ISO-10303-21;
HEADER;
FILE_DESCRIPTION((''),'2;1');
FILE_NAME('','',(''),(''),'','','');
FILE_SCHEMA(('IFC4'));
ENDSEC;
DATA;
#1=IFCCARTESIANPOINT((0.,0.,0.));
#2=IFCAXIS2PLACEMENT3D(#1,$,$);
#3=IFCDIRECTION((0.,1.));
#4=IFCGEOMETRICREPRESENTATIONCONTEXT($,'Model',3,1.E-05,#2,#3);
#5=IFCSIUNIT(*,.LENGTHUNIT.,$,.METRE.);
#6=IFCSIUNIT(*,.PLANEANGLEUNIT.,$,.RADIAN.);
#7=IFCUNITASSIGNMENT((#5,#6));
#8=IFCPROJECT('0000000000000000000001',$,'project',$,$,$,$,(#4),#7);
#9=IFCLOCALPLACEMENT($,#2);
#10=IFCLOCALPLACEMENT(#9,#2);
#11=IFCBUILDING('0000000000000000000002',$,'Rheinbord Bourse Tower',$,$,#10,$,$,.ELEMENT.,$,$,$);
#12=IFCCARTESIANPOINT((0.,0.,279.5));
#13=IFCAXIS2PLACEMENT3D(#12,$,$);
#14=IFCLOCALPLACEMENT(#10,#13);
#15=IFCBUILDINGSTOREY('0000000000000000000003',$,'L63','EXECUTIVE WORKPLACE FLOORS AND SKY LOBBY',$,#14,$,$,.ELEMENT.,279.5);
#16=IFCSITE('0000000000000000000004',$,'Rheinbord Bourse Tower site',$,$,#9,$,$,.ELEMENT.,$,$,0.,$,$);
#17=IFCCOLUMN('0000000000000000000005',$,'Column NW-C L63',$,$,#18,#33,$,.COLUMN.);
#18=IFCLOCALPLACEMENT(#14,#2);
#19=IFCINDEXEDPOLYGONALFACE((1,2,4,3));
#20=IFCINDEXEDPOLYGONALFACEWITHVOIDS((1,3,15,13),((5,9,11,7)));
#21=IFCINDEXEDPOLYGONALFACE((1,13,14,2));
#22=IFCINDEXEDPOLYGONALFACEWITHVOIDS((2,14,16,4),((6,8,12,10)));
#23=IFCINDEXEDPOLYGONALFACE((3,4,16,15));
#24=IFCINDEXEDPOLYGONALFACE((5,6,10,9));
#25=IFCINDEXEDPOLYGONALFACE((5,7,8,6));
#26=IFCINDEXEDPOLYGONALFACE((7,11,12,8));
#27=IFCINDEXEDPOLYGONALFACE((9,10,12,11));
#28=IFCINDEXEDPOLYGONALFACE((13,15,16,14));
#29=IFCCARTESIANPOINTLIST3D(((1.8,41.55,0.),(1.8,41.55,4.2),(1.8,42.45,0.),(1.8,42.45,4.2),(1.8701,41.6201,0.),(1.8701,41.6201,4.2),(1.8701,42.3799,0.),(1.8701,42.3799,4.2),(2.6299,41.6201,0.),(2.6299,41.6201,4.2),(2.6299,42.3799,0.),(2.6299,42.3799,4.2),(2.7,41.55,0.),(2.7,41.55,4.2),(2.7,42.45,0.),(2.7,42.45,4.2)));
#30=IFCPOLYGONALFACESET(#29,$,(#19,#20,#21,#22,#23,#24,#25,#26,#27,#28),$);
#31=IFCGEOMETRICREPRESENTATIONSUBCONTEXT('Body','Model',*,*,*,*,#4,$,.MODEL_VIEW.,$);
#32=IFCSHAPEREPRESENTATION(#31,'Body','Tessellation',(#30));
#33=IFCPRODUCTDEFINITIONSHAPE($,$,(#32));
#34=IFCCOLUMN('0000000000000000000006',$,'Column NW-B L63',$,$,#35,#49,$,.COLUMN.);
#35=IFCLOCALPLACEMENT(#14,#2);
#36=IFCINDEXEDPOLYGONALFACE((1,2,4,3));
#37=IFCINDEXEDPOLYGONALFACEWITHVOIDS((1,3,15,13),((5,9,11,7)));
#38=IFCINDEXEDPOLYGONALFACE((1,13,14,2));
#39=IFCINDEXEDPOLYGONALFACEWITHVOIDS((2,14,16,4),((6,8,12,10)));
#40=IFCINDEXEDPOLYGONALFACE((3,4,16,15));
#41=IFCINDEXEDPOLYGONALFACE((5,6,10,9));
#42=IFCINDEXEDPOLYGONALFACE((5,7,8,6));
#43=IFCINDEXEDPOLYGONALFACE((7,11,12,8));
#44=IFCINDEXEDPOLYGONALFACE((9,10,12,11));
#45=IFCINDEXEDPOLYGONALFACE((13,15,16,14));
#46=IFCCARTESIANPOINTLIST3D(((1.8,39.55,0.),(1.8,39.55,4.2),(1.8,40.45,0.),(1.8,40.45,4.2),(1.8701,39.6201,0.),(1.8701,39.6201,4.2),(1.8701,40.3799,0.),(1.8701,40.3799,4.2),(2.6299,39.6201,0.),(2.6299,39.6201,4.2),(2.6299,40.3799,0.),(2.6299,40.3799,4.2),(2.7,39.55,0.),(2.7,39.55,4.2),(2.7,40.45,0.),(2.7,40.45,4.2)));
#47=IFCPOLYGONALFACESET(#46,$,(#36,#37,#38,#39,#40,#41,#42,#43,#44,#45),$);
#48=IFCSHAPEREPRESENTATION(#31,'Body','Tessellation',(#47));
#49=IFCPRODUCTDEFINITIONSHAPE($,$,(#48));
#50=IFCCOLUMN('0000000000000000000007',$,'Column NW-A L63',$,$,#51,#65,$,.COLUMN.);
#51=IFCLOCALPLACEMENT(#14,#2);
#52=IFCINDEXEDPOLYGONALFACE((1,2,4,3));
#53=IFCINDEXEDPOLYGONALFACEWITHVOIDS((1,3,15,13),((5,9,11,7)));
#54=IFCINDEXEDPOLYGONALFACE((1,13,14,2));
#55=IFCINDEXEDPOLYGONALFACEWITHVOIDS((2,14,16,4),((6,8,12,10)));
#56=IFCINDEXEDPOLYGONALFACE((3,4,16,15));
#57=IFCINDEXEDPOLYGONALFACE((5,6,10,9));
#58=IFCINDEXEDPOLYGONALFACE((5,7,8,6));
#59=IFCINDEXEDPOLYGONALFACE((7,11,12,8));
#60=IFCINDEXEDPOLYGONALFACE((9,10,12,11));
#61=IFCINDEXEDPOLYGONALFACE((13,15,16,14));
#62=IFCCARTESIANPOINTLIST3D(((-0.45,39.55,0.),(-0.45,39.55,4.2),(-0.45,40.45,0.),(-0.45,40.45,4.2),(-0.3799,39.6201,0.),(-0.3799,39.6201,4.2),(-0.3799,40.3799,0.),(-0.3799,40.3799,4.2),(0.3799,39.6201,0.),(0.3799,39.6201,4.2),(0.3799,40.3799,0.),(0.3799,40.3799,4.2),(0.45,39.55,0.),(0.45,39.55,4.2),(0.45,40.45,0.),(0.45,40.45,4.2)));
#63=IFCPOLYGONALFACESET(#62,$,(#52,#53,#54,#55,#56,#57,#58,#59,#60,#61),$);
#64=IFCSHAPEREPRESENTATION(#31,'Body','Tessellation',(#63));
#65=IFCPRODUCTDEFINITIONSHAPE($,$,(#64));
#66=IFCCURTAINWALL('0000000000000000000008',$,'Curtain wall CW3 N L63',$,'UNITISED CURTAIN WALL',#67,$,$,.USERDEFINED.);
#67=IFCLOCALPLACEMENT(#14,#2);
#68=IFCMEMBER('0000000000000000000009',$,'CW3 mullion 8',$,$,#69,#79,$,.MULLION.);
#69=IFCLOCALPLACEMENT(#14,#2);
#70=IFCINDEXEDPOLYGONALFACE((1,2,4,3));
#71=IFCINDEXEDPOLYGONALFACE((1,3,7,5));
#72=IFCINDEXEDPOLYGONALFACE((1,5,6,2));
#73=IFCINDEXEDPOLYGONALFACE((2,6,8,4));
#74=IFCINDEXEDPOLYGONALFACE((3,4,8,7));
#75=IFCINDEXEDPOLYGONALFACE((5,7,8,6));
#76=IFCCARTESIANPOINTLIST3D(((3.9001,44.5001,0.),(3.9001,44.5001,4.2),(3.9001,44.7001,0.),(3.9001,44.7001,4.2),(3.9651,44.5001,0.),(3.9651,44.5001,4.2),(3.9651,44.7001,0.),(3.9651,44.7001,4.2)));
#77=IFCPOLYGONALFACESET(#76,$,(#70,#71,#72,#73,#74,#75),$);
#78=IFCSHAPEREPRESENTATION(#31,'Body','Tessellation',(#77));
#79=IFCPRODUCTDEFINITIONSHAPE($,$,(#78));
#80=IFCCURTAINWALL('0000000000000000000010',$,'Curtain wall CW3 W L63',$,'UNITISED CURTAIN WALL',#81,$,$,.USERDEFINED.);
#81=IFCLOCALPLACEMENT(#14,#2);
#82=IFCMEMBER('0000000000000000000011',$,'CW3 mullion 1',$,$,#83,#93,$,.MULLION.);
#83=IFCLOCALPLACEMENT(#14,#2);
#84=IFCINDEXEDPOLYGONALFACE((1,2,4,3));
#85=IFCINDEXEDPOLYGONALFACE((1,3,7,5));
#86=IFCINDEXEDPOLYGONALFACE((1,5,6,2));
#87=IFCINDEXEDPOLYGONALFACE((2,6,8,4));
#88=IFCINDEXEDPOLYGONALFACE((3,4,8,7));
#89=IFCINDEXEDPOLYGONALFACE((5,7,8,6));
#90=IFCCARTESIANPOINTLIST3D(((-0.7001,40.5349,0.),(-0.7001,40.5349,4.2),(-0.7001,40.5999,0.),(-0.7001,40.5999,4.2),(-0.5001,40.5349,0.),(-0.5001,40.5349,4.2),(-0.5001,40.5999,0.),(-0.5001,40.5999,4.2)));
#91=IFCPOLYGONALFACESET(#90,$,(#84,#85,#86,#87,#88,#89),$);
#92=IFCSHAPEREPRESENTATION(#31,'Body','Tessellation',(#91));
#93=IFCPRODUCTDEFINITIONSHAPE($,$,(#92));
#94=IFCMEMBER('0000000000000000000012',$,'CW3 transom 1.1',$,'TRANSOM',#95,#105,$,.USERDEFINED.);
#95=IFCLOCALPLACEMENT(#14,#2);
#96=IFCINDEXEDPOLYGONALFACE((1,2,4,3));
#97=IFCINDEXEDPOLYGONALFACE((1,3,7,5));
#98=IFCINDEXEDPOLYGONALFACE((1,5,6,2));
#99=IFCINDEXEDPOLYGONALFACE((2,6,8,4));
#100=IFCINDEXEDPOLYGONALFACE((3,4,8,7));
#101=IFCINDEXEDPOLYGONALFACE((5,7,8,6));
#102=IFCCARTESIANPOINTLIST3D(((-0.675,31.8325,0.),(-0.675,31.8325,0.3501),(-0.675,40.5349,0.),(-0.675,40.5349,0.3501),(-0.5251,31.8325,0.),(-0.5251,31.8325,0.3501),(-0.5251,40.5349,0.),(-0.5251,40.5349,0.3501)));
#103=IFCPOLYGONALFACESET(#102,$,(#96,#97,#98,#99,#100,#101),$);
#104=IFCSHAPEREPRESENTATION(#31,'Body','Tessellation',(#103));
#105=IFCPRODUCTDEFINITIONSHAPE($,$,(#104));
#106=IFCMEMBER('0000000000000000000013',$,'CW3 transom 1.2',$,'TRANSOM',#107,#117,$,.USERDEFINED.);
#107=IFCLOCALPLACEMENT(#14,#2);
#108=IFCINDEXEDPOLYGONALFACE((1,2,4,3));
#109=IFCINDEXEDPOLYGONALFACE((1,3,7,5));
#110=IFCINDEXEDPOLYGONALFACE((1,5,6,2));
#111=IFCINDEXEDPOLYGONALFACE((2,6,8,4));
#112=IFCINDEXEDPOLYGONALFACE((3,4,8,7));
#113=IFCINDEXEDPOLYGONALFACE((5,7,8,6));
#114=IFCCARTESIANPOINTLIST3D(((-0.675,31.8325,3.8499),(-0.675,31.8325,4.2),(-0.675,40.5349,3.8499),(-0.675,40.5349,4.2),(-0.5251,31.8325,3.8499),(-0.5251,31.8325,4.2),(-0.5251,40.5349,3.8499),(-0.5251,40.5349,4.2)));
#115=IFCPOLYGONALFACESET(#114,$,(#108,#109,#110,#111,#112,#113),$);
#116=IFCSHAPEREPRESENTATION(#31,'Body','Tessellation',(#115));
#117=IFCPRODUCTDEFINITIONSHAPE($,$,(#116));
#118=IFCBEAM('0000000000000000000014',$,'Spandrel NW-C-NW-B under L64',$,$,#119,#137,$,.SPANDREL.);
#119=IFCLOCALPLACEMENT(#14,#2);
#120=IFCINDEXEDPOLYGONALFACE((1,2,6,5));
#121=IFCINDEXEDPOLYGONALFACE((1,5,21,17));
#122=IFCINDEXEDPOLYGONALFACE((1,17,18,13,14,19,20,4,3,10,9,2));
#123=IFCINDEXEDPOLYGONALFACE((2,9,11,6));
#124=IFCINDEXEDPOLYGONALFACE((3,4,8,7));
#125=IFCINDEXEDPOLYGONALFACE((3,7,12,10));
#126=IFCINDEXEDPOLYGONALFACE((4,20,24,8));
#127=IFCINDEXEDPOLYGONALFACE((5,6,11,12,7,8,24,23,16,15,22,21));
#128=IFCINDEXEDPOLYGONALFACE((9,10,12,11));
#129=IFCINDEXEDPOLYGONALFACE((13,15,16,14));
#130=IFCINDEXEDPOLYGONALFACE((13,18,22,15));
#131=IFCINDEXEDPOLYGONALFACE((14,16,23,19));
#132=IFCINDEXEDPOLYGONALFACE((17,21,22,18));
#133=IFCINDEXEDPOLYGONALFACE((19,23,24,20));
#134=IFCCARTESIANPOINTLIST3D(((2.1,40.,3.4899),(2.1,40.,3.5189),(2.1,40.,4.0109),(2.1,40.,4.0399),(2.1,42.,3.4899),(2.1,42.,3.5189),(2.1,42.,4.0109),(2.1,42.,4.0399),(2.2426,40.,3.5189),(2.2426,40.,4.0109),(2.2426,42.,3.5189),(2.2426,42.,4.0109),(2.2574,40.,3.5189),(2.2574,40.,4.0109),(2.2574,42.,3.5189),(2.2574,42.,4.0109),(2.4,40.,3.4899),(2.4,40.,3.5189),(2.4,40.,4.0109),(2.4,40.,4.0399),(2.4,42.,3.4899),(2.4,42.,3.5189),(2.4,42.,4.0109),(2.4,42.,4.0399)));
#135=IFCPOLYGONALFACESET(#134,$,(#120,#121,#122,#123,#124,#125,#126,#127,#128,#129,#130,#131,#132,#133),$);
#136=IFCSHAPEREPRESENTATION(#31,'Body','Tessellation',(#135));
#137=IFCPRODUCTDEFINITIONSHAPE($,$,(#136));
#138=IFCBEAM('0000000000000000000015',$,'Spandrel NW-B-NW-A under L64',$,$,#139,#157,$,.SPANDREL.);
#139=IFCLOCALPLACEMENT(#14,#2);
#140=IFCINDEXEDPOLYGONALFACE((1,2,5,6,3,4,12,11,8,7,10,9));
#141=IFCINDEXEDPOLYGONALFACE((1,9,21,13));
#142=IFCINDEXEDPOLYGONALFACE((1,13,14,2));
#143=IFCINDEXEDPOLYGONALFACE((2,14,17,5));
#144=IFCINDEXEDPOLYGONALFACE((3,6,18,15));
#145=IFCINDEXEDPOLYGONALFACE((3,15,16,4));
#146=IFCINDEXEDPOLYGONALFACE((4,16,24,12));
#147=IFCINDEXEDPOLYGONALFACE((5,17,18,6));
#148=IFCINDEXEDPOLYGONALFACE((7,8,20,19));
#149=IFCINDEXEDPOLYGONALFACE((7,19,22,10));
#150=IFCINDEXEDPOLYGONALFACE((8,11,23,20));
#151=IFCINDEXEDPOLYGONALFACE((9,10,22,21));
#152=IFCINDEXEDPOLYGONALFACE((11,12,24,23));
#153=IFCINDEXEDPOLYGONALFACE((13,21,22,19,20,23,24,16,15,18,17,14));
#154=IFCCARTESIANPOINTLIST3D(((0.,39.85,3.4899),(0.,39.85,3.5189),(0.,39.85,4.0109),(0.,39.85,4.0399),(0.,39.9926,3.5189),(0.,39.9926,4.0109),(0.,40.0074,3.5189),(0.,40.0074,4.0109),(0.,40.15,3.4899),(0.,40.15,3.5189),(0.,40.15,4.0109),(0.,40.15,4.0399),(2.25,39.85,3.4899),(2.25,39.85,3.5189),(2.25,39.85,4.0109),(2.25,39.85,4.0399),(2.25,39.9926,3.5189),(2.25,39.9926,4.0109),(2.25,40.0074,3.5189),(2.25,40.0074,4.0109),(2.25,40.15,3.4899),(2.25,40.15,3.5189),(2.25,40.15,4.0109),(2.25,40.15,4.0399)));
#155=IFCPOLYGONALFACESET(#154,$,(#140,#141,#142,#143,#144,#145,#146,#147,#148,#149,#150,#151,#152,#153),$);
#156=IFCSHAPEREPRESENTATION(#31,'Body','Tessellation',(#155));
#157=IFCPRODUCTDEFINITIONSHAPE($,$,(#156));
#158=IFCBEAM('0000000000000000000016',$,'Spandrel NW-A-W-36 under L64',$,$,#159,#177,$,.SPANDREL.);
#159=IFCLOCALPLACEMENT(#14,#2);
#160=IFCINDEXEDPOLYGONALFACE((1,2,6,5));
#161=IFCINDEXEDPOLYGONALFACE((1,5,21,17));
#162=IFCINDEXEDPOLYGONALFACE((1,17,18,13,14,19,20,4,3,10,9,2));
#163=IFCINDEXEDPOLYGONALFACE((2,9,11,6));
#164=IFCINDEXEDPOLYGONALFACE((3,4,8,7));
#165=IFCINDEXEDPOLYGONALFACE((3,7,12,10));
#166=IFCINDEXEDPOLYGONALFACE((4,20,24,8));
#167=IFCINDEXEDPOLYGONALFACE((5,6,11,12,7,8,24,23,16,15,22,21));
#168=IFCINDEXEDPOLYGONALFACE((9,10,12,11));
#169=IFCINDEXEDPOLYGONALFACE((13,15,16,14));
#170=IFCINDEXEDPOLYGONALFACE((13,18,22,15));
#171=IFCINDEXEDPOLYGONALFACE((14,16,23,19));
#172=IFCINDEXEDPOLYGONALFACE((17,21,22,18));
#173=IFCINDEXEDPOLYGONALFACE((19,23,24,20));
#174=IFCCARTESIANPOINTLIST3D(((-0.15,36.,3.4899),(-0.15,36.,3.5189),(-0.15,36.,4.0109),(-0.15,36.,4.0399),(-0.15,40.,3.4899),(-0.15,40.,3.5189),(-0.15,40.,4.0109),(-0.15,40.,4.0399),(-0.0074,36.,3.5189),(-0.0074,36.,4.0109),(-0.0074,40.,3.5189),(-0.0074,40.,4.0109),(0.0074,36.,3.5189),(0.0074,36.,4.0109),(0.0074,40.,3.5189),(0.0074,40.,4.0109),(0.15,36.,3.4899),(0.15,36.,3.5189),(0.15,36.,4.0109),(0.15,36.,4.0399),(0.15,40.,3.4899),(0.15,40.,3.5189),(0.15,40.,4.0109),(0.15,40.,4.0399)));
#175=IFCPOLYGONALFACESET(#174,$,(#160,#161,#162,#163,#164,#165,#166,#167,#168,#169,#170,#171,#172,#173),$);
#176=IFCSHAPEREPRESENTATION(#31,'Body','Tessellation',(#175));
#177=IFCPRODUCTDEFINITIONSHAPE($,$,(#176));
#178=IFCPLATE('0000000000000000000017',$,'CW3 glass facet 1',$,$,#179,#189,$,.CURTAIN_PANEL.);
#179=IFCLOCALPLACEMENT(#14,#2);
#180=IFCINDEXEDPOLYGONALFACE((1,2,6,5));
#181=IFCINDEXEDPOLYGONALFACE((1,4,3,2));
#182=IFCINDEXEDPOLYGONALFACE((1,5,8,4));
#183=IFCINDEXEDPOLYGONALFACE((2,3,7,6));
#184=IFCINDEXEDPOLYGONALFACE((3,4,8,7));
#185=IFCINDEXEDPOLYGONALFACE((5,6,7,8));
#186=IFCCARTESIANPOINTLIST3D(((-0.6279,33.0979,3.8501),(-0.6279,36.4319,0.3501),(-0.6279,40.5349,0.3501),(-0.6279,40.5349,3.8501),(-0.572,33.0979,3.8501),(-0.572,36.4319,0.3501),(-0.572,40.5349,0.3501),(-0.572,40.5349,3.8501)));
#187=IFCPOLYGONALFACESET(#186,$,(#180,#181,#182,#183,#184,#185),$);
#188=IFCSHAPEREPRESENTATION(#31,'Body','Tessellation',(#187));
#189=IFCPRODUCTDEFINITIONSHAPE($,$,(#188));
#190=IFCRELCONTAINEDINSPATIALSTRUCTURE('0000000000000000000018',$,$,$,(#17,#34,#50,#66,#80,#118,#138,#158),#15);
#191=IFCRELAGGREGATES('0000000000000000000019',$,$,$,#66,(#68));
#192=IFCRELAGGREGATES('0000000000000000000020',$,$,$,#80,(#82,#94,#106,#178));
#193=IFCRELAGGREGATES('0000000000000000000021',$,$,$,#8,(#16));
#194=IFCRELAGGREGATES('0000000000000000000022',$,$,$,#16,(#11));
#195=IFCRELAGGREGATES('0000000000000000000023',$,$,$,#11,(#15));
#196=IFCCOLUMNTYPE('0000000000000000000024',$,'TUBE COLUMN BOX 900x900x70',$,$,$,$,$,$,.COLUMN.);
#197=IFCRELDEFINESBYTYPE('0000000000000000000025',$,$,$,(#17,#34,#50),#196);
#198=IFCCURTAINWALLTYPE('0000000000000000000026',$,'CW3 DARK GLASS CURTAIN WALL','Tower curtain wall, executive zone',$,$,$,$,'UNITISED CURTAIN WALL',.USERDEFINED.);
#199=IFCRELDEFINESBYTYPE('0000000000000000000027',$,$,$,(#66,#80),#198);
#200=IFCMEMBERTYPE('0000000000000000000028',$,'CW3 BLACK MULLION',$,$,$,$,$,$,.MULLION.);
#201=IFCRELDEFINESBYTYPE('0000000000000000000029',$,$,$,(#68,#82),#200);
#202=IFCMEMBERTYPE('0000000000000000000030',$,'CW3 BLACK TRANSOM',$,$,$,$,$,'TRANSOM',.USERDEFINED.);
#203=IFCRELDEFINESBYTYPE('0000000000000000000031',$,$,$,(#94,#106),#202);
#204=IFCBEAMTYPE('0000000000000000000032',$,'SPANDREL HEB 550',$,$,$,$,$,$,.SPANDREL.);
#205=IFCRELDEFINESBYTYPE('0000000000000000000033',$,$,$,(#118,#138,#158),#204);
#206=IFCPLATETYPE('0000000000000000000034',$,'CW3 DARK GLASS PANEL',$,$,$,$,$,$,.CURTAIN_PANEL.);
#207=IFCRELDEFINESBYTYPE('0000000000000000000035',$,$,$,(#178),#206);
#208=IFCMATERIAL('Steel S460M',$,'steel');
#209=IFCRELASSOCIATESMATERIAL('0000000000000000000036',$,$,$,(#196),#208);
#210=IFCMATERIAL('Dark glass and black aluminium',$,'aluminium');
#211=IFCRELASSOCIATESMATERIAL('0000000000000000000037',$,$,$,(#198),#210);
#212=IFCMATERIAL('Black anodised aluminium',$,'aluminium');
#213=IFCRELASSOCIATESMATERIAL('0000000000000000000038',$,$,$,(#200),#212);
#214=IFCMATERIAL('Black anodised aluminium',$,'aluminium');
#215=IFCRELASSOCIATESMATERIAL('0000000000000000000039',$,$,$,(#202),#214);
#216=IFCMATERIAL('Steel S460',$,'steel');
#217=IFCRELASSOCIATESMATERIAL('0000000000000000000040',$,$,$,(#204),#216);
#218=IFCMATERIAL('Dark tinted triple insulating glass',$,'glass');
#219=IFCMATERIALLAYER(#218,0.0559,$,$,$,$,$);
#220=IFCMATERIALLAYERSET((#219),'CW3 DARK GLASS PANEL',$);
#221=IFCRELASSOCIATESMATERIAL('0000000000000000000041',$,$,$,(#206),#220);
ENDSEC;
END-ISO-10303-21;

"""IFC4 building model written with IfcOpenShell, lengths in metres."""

from ifc_helpers import new_model, si_unit, direction, frame, origin, origin_2d, place, context, subcontext, project, spatial, polyline, rectangle, hollow_rectangle, i_section, outline, extrude, material, layer, layer_set, material_profile, profile_set, type_object, element, aggregate, save


model = new_model("IFC4")

# Units and contexts
model_context = context("Model", 3, precision=1e-05, world=origin(), true_north=direction((0.0, 1.0)))
body_context = subcontext(model_context, "Body", "Model", "MODEL_VIEW")
ifc_project = project(units=[si_unit("LENGTHUNIT", "METRE"), si_unit("PLANEANGLEUNIT", "RADIAN")], contexts=[model_context])

# Site, building, storey
site_placement = place(None, origin())
site = spatial("IfcSite", under=ifc_project, at=site_placement, Name="Rheinbord Bourse Tower site", CompositionType="ELEMENT", RefElevation=0.0)
building_placement = place(site_placement, origin())
building = spatial("IfcBuilding", under=site, at=building_placement, Name="Rheinbord Bourse Tower", CompositionType="ELEMENT")
storey_placement = place(building_placement, frame((0.0, 0.0, 279.5)))
storey = spatial("IfcBuildingStorey", under=building, at=storey_placement, Name="L63", Description="EXECUTIVE WORKPLACE FLOORS AND SKY LOBBY", CompositionType="ELEMENT", Elevation=279.5)

# Columns
ifc_material_1 = material(Name="Steel S460M", Category="steel")
ifc_material_profile_1 = material_profile(ifc_material_1, hollow_rectangle(XDim=0.8999, YDim=0.8999, WallThickness=0.0701, at=origin_2d()), Name="BOX 900x900x70")
ifc_profile_set_1 = profile_set([ifc_material_profile_1], Name="Steel S460M")
column_type = type_object("IfcColumnType", Name="TUBE COLUMN BOX 900x900x70", PredefinedType="COLUMN", material=ifc_profile_set_1)
for number, where, z_axis, x_axis, name in (
    (1, (2.25, 42.0, 0.0), (0.0, 0.0, 1.0), (1.0, 0.0, 0.0), "Column NW-C L63"),
    (2, (2.25, 40.0, 0.0), (0.0, 0.0, 1.0), (1.0, 0.0, 0.0), "Column NW-B L63"),
    (3, (0.0, 40.0, 0.0), (0.0, 0.0, 1.0), (1.0, 0.0, 0.0), "Column NW-A L63"),
):
    element("IfcColumn", number, at=place(storey_placement, frame(where, z_axis=z_axis, x_axis=x_axis)), inside=storey, type_object=column_type, Name=name, PredefinedType="COLUMN", context=body_context, shape_type="SweptSolid", body=[
        extrude(hollow_rectangle(XDim=0.8999, YDim=0.8999, WallThickness=0.0701, at=origin_2d()), origin(), (0.0, 0.0, 1.0), 4.2),
    ])

# Curtain wall, member
ifc_material_2 = material(Name="Dark glass and black aluminium", Category="aluminium")
curtain_wall_type = type_object("IfcCurtainWallType", Name="CW3 DARK GLASS CURTAIN WALL", Description="Tower curtain wall, executive zone", ElementType="UNITISED CURTAIN WALL", PredefinedType="USERDEFINED", material=ifc_material_2)
curtain_wall_1_placement = place(storey_placement, origin())
curtain_wall_1 = element("IfcCurtainWall", 4, at=curtain_wall_1_placement, inside=storey, type_object=curtain_wall_type, Name="Curtain wall CW3 N L63", ObjectType="UNITISED CURTAIN WALL", PredefinedType="USERDEFINED")
ifc_material_3 = material(Name="Black anodised aluminium", Category="aluminium")
ifc_material_profile_2 = material_profile(ifc_material_3, rectangle(XDim=0.2, YDim=0.0649, at=origin_2d()), Name="CW3 MULLION 65x200")
ifc_profile_set_2 = profile_set([ifc_material_profile_2], Name="Black anodised aluminium")
member_type_1 = type_object("IfcMemberType", Name="CW3 BLACK MULLION", PredefinedType="MULLION", material=ifc_profile_set_2)
member_1_placement = place(storey_placement, frame((3.9326, 44.6001, 0.0), z_axis=(0.0, 0.0, 1.0), x_axis=(0.0, -1.0, 0.0)))
member_1 = element("IfcMember", 5, at=member_1_placement, type_object=member_type_1, Name="CW3 mullion 8", PredefinedType="MULLION", context=body_context, shape_type="SweptSolid", body=[
    extrude(rectangle(XDim=0.2, YDim=0.0649, at=origin_2d()), origin(), (0.0, 0.0, 1.0), 4.2),
])
aggregate(curtain_wall_1, [member_1])

# Curtain wall, members
curtain_wall_2_placement = place(storey_placement, origin())
curtain_wall_2 = element("IfcCurtainWall", 6, at=curtain_wall_2_placement, inside=storey, type_object=curtain_wall_type, Name="Curtain wall CW3 W L63", ObjectType="UNITISED CURTAIN WALL", PredefinedType="USERDEFINED")
member_2_placement = place(storey_placement, frame((-0.6001, 40.5674, 0.0), z_axis=(0.0, 0.0, 1.0), x_axis=(1.0, 0.0, 0.0)))
member_2 = element("IfcMember", 7, at=member_2_placement, type_object=member_type_1, Name="CW3 mullion 1", PredefinedType="MULLION", context=body_context, shape_type="SweptSolid", body=[
    extrude(rectangle(XDim=0.2, YDim=0.0649, at=origin_2d()), origin(), (0.0, 0.0, 1.0), 4.2),
])
ifc_material_4 = material(Name="Black anodised aluminium", Category="aluminium")
ifc_material_profile_3 = material_profile(ifc_material_4, rectangle(XDim=0.1499, YDim=0.3501, at=origin_2d()), Name="CW3 TRANSOM 350x150")
ifc_profile_set_3 = profile_set([ifc_material_profile_3], Name="Black anodised aluminium")
member_type_2 = type_object("IfcMemberType", Name="CW3 BLACK TRANSOM", ElementType="TRANSOM", PredefinedType="USERDEFINED", material=ifc_profile_set_3)
member_3_placement = place(storey_placement, frame((-0.6001, 40.5349, 0.175), z_axis=(0.0, -1.0, 0.0), x_axis=(1.0, 0.0, 0.0)))
member_3 = element("IfcMember", 8, at=member_3_placement, type_object=member_type_2, Name="CW3 transom 1.1", ObjectType="TRANSOM", PredefinedType="USERDEFINED", context=body_context, shape_type="SweptSolid", body=[
    extrude(rectangle(XDim=0.1499, YDim=0.3501, at=origin_2d()), origin(), (0.0, 0.0, 1.0), 8.7024),
])
member_4_placement = place(storey_placement, frame((-0.6001, 40.5349, 4.0249), z_axis=(0.0, -1.0, 0.0), x_axis=(1.0, 0.0, 0.0)))
member_4 = element("IfcMember", 9, at=member_4_placement, type_object=member_type_2, Name="CW3 transom 1.2", ObjectType="TRANSOM", PredefinedType="USERDEFINED", context=body_context, shape_type="SweptSolid", body=[
    extrude(rectangle(XDim=0.1499, YDim=0.3501, at=origin_2d()), origin(), (0.0, 0.0, 1.0), 8.7024),
])

# Beams
ifc_material_5 = material(Name="Steel S460", Category="steel")
ifc_material_profile_4 = material_profile(ifc_material_5, i_section(OverallWidth=0.3, OverallDepth=0.55, WebThickness=0.0149, FlangeThickness=0.0291, at=origin_2d()), Name="HEB 550")
ifc_profile_set_4 = profile_set([ifc_material_profile_4], Name="Steel S460")
beam_type = type_object("IfcBeamType", Name="SPANDREL HEB 550", PredefinedType="SPANDREL", material=ifc_profile_set_4)
beam_1_placement = place(storey_placement, frame((2.25, 42.0, 3.7649), z_axis=(0.0, -1.0, 0.0), x_axis=(1.0, 0.0, 0.0)))
element("IfcBeam", 10, at=beam_1_placement, inside=storey, type_object=beam_type, Name="Spandrel NW-C-NW-B under L64", PredefinedType="SPANDREL", context=body_context, shape_type="SweptSolid", body=[
    extrude(i_section(OverallWidth=0.3, OverallDepth=0.55, WebThickness=0.0149, FlangeThickness=0.0291, at=origin_2d()), origin(), (0.0, 0.0, 1.0), 2.0),
])
beam_2_placement = place(storey_placement, frame((2.25, 40.0, 3.7649), z_axis=(-1.0, 0.0, 0.0), x_axis=(0.0, -1.0, 0.0)))
element("IfcBeam", 11, at=beam_2_placement, inside=storey, type_object=beam_type, Name="Spandrel NW-B-NW-A under L64", PredefinedType="SPANDREL", context=body_context, shape_type="SweptSolid", body=[
    extrude(i_section(OverallWidth=0.3, OverallDepth=0.55, WebThickness=0.0149, FlangeThickness=0.0291, at=origin_2d()), origin(), (0.0, 0.0, 1.0), 2.25),
])
beam_3_placement = place(storey_placement, frame((0.0, 40.0, 3.7649), z_axis=(0.0, -1.0, 0.0), x_axis=(1.0, 0.0, 0.0)))
element("IfcBeam", 12, at=beam_3_placement, inside=storey, type_object=beam_type, Name="Spandrel NW-A-W-36 under L64", PredefinedType="SPANDREL", context=body_context, shape_type="SweptSolid", body=[
    extrude(i_section(OverallWidth=0.3, OverallDepth=0.55, WebThickness=0.0149, FlangeThickness=0.0291, at=origin_2d()), origin(), (0.0, 0.0, 1.0), 4.0),
])

# Plate
ifc_material_6 = material(Name="Dark tinted triple insulating glass", Category="glass")
ifc_layer_1 = layer(ifc_material_6, 0.0559)
ifc_layer_set_1 = layer_set([ifc_layer_1], Name="CW3 DARK GLASS PANEL")
plate_type = type_object("IfcPlateType", Name="CW3 DARK GLASS PANEL", PredefinedType="CURTAIN_PANEL", material=ifc_layer_set_1)
plate_placement = place(storey_placement, frame((-0.6279, 40.5349, 0.3501), z_axis=(1.0, 0.0, 0.0), x_axis=(0.0, 0.0, 1.0)))
plate = element("IfcPlate", 13, at=plate_placement, type_object=plate_type, Name="CW3 glass facet 1", PredefinedType="CURTAIN_PANEL", context=body_context, shape_type="SweptSolid", body=[
    extrude(outline(polyline([(0.0, 0.0), (3.5, 0.0), (3.5, 7.437), (0.0, 4.103), (0.0, 0.0)])), origin(), (0.0, 0.0, 1.0), 0.0559),
])
aggregate(curtain_wall_2, [member_2, member_3, member_4, plate])

save(model, "model.ifc")
